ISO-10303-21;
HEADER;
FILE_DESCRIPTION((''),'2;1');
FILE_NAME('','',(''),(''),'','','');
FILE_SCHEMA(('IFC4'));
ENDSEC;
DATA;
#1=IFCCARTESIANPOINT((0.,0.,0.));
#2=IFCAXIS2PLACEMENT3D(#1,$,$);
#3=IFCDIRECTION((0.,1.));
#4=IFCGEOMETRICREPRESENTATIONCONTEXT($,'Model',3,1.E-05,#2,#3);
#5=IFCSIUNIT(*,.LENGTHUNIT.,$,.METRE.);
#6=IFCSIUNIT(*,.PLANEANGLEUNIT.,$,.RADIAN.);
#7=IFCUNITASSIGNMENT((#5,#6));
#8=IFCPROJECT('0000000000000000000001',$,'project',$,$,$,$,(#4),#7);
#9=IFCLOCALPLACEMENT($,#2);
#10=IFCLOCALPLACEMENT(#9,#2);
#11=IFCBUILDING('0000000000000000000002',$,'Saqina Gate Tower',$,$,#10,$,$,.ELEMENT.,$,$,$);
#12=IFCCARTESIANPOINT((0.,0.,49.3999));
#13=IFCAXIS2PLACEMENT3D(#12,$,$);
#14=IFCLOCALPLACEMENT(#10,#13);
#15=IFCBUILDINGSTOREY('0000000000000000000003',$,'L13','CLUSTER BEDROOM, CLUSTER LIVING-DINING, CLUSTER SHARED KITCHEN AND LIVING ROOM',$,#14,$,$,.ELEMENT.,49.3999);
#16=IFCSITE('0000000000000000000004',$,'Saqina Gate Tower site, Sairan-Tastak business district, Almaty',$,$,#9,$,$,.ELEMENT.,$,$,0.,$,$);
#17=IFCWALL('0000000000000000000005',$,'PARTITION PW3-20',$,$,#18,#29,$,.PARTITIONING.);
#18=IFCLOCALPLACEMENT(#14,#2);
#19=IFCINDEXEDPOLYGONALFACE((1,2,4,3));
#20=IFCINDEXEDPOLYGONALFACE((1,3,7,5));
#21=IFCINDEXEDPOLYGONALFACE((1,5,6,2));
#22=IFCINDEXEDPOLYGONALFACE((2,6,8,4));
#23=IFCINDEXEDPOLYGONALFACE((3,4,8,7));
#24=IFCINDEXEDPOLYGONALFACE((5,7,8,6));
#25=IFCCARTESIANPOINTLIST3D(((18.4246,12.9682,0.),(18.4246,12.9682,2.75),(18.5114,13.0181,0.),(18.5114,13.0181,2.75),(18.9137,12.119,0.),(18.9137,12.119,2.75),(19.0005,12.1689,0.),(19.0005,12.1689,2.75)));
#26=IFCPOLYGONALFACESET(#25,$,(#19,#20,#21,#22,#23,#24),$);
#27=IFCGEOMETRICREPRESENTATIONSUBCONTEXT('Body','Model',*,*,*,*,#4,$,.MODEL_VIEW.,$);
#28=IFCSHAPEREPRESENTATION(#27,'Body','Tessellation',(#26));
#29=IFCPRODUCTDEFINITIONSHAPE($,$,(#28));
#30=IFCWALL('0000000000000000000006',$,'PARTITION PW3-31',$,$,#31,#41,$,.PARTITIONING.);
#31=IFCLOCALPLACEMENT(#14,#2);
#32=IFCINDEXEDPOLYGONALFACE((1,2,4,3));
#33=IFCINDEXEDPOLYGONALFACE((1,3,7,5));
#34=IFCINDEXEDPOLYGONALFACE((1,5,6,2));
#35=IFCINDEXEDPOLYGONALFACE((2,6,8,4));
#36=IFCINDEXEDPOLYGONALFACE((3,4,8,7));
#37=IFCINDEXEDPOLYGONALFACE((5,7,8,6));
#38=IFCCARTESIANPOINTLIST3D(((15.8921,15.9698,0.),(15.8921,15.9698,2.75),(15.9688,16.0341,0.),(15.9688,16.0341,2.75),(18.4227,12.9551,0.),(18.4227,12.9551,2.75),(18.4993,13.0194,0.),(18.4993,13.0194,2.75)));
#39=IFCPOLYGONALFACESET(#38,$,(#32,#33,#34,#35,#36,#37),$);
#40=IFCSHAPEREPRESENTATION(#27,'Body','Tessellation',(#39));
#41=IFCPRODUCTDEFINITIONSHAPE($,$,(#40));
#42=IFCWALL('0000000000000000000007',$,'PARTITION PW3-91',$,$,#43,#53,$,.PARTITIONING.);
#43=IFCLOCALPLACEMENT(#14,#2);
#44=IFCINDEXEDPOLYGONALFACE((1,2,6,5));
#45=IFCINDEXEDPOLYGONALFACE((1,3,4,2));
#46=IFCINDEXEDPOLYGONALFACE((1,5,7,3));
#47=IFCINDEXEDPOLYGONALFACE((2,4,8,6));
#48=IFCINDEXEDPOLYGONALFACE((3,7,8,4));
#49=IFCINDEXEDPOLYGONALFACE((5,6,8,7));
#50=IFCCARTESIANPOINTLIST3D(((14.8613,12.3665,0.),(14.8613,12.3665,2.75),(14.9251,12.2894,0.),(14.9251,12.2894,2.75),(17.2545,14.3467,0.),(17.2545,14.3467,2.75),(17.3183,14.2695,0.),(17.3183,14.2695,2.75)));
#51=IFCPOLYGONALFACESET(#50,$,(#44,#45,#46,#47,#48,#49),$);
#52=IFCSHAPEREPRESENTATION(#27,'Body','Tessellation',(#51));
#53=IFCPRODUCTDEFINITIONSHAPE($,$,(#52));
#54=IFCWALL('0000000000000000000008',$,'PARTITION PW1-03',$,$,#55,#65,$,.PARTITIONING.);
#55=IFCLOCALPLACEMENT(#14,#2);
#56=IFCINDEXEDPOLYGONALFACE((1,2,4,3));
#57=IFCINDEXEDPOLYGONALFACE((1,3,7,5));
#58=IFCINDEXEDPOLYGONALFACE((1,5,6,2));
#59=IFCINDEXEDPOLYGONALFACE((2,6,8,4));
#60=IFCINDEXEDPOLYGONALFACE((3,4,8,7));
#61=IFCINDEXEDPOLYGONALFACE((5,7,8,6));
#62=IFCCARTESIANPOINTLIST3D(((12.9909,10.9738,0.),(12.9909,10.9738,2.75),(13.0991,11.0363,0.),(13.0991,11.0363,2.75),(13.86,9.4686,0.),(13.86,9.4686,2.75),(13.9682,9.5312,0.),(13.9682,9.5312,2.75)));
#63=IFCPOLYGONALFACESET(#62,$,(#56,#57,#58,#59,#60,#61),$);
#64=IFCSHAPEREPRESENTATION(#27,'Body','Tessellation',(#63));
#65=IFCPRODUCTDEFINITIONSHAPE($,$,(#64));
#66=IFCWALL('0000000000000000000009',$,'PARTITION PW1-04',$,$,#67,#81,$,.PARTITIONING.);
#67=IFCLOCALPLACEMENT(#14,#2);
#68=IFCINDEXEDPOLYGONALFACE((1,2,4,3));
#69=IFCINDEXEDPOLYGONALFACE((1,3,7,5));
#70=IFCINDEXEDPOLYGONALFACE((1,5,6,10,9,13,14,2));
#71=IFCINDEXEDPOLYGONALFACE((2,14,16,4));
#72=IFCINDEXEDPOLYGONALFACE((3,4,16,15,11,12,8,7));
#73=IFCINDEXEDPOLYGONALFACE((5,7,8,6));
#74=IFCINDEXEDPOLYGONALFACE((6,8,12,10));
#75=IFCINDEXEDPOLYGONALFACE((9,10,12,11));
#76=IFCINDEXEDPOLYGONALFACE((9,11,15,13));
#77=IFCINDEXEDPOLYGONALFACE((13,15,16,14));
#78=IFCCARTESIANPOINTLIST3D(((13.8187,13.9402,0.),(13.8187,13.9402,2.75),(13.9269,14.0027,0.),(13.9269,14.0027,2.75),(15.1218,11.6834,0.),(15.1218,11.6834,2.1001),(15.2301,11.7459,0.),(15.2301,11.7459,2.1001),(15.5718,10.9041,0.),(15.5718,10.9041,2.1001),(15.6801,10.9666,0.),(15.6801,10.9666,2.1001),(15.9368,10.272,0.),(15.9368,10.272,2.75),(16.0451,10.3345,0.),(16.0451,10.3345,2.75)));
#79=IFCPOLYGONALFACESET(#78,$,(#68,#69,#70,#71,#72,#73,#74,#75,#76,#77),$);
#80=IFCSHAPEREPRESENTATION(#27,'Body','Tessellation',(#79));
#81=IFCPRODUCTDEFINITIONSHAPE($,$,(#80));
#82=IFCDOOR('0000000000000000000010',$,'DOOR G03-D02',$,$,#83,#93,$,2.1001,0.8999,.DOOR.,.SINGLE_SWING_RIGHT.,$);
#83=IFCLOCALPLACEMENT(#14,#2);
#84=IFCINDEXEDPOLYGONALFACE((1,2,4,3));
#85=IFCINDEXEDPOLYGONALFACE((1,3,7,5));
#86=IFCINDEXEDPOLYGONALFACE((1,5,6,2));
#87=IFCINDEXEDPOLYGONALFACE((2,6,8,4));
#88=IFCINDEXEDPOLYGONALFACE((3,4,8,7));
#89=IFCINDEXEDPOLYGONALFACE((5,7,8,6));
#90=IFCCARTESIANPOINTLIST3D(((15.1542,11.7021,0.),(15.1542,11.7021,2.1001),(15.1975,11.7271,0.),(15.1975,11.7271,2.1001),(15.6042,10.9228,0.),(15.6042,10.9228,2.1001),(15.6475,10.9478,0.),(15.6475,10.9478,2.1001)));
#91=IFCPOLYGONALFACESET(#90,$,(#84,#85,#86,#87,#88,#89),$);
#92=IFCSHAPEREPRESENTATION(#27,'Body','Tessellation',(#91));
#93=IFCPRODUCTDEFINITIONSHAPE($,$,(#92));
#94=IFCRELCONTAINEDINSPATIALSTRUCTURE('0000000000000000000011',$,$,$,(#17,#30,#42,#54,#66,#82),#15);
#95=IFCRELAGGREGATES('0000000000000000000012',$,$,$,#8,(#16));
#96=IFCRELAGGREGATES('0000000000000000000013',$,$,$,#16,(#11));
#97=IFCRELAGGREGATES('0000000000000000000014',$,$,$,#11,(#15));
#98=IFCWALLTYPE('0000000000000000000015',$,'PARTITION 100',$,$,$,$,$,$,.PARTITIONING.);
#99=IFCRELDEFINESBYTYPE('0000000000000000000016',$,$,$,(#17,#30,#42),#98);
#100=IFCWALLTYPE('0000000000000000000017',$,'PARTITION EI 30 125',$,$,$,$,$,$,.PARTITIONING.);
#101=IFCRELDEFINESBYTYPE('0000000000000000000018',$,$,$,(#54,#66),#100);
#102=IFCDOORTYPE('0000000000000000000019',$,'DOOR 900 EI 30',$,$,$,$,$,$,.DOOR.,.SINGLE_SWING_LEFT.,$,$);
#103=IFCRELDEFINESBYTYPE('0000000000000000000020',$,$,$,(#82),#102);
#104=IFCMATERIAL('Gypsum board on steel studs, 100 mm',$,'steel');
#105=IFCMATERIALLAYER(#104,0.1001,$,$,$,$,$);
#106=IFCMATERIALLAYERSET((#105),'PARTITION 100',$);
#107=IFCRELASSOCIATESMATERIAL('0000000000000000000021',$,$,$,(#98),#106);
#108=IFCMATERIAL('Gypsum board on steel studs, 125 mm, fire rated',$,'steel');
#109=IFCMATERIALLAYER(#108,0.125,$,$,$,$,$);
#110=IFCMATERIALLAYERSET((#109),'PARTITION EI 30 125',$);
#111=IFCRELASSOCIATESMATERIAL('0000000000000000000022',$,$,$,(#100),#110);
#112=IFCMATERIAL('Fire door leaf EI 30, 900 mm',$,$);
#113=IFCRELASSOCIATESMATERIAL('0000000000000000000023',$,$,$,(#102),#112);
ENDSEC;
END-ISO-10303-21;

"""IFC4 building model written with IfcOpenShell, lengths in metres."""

from ifc_helpers import new_model, si_unit, direction, frame, frame_2d, origin, place, context, subcontext, project, spatial, rectangle, extrude, material, layer, layer_set, type_object, element, fill, save


model = new_model("IFC4")

# Units and contexts
model_context = context("Model", 3, precision=1e-05, world=origin(), true_north=direction((0.0, 1.0)))
body_context = subcontext(model_context, "Body", "Model", "MODEL_VIEW")
ifc_project = project(units=[si_unit("LENGTHUNIT", "METRE"), si_unit("PLANEANGLEUNIT", "RADIAN")], contexts=[model_context])

# Site, building, storey
site_placement = place(None, origin())
site = spatial("IfcSite", under=ifc_project, at=site_placement, Name="Saqina Gate Tower site, Sairan-Tastak business district, Almaty", CompositionType="ELEMENT", RefElevation=0.0)
building_placement = place(site_placement, origin())
building = spatial("IfcBuilding", under=site, at=building_placement, Name="Saqina Gate Tower", CompositionType="ELEMENT")
storey_placement = place(building_placement, frame((0.0, 0.0, 49.3999)))
storey = spatial("IfcBuildingStorey", under=building, at=storey_placement, Name="L13", Description="CLUSTER BEDROOM, CLUSTER LIVING-DINING, CLUSTER SHARED KITCHEN AND LIVING ROOM", CompositionType="ELEMENT", Elevation=49.3999)

# Walls
ifc_material_1 = material(Name="Gypsum board on steel studs, 100 mm", Category="steel")
ifc_layer_1 = layer(ifc_material_1, 0.1001)
ifc_layer_set_1 = layer_set([ifc_layer_1], Name="PARTITION 100")
wall_type_1 = type_object("IfcWallType", Name="PARTITION 100", PredefinedType="PARTITIONING", material=ifc_layer_set_1)
wall_1_placement = place(storey_placement, frame((18.468, 12.9932, 0.0), z_axis=(0.0, 0.0, 1.0), x_axis=(0.499061, -0.866567, 0.0)))
element("IfcWall", 1, at=wall_1_placement, inside=storey, type_object=wall_type_1, Name="PARTITION PW3-20", PredefinedType="PARTITIONING", context=body_context, shape_type="SweptSolid", body=[
    extrude(rectangle(XDim=0.98, YDim=0.1001, at=frame_2d((0.49, 0.0))), origin(), (0.0, 0.0, 1.0), 2.75),
])
wall_2_placement = place(storey_placement, frame((15.9304, 16.002, 0.0), z_axis=(0.0, 0.0, 1.0), x_axis=(0.642926, -0.765928, 0.0)))
element("IfcWall", 2, at=wall_2_placement, inside=storey, type_object=wall_type_1, Name="PARTITION PW3-31", PredefinedType="PARTITIONING", context=body_context, shape_type="SweptSolid", body=[
    extrude(rectangle(XDim=3.936, YDim=0.1001, at=frame_2d((1.968, 0.0))), origin(), (0.0, 0.0, 1.0), 2.75),
])
wall_3_placement = place(storey_placement, frame((14.8931, 12.3279, 0.0), z_axis=(0.0, 0.0, 1.0), x_axis=(0.770465, 0.637482, 0.0)))
element("IfcWall", 3, at=wall_3_placement, inside=storey, type_object=wall_type_1, Name="PARTITION PW3-91", PredefinedType="PARTITIONING", context=body_context, shape_type="SweptSolid", body=[
    extrude(rectangle(XDim=3.1062, YDim=0.1001, at=frame_2d((1.5532, 0.0))), origin(), (0.0, 0.0, 1.0), 2.75),
])
ifc_material_2 = material(Name="Gypsum board on steel studs, 125 mm, fire rated", Category="steel")
ifc_layer_2 = layer(ifc_material_2, 0.125)
ifc_layer_set_2 = layer_set([ifc_layer_2], Name="PARTITION EI 30 125")
wall_type_2 = type_object("IfcWallType", Name="PARTITION EI 30 125", PredefinedType="PARTITIONING", material=ifc_layer_set_2)
wall_4_placement = place(storey_placement, frame((13.0449, 11.0051, 0.0), z_axis=(0.0, 0.0, 1.0), x_axis=(0.500067, -0.865987, 0.0)))
element("IfcWall", 4, at=wall_4_placement, inside=storey, type_object=wall_type_2, Name="PARTITION PW1-03", PredefinedType="PARTITIONING", context=body_context, shape_type="SweptSolid", body=[
    extrude(rectangle(XDim=1.738, YDim=0.125, at=frame_2d((0.8691, 0.0))), origin(), (0.0, 0.0, 1.0), 2.75),
])

# Wall, opening, door
wall_5_placement = place(storey_placement, frame((13.8728, 13.9714, 0.0), z_axis=(0.0, 0.0, 1.0), x_axis=(0.500057, -0.865993, 0.0)))
wall_5 = element("IfcWall", 5, at=wall_5_placement, inside=storey, type_object=wall_type_2, Name="PARTITION PW1-04", PredefinedType="PARTITIONING", context=body_context, shape_type="SweptSolid", body=[
    extrude(rectangle(XDim=4.2358, YDim=0.125, at=frame_2d((2.1179, 0.0))), origin(), (0.0, 0.0, 1.0), 2.75),
])
opening_1_placement = place(wall_5_placement, frame((2.606, 0.0, 0.0)))
opening_1 = element("IfcOpeningElement", 6, at=opening_1_placement, cuts=wall_5, PredefinedType="OPENING", context=body_context, shape_type="SweptSolid", body=[
    extrude(rectangle(XDim=0.8999, YDim=2.1001, at=frame_2d((0.45, 1.05))), frame((0.0, 0.0745, 0.0), z_axis=(0.0, -1.0, 0.0), x_axis=(1.0, 0.0, 0.0)), (0.0, 0.0, 1.0), 0.1489),
])
ifc_material_3 = material(Name="Fire door leaf EI 30, 900 mm")
door_type = type_object("IfcDoorType", Name="DOOR 900 EI 30", OperationType="SINGLE_SWING_LEFT", PredefinedType="DOOR", material=ifc_material_3)
door_placement = place(opening_1_placement, origin())
door = element("IfcDoor", 7, at=door_placement, inside=storey, type_object=door_type, Name="DOOR G03-D02", OperationType="SINGLE_SWING_RIGHT", OverallHeight=2.1001, OverallWidth=0.8999, PredefinedType="DOOR", context=body_context, shape_type="SweptSolid", body=[
    extrude(rectangle(XDim=0.8999, YDim=2.1001, at=frame_2d((0.45, 1.05))), frame((0.0, 0.0249, 0.0), z_axis=(0.0, -1.0, 0.0), x_axis=(1.0, 0.0, 0.0)), (0.0, 0.0, 1.0), 0.05),
])
fill(opening_1, door)

save(model, "model.ifc")
